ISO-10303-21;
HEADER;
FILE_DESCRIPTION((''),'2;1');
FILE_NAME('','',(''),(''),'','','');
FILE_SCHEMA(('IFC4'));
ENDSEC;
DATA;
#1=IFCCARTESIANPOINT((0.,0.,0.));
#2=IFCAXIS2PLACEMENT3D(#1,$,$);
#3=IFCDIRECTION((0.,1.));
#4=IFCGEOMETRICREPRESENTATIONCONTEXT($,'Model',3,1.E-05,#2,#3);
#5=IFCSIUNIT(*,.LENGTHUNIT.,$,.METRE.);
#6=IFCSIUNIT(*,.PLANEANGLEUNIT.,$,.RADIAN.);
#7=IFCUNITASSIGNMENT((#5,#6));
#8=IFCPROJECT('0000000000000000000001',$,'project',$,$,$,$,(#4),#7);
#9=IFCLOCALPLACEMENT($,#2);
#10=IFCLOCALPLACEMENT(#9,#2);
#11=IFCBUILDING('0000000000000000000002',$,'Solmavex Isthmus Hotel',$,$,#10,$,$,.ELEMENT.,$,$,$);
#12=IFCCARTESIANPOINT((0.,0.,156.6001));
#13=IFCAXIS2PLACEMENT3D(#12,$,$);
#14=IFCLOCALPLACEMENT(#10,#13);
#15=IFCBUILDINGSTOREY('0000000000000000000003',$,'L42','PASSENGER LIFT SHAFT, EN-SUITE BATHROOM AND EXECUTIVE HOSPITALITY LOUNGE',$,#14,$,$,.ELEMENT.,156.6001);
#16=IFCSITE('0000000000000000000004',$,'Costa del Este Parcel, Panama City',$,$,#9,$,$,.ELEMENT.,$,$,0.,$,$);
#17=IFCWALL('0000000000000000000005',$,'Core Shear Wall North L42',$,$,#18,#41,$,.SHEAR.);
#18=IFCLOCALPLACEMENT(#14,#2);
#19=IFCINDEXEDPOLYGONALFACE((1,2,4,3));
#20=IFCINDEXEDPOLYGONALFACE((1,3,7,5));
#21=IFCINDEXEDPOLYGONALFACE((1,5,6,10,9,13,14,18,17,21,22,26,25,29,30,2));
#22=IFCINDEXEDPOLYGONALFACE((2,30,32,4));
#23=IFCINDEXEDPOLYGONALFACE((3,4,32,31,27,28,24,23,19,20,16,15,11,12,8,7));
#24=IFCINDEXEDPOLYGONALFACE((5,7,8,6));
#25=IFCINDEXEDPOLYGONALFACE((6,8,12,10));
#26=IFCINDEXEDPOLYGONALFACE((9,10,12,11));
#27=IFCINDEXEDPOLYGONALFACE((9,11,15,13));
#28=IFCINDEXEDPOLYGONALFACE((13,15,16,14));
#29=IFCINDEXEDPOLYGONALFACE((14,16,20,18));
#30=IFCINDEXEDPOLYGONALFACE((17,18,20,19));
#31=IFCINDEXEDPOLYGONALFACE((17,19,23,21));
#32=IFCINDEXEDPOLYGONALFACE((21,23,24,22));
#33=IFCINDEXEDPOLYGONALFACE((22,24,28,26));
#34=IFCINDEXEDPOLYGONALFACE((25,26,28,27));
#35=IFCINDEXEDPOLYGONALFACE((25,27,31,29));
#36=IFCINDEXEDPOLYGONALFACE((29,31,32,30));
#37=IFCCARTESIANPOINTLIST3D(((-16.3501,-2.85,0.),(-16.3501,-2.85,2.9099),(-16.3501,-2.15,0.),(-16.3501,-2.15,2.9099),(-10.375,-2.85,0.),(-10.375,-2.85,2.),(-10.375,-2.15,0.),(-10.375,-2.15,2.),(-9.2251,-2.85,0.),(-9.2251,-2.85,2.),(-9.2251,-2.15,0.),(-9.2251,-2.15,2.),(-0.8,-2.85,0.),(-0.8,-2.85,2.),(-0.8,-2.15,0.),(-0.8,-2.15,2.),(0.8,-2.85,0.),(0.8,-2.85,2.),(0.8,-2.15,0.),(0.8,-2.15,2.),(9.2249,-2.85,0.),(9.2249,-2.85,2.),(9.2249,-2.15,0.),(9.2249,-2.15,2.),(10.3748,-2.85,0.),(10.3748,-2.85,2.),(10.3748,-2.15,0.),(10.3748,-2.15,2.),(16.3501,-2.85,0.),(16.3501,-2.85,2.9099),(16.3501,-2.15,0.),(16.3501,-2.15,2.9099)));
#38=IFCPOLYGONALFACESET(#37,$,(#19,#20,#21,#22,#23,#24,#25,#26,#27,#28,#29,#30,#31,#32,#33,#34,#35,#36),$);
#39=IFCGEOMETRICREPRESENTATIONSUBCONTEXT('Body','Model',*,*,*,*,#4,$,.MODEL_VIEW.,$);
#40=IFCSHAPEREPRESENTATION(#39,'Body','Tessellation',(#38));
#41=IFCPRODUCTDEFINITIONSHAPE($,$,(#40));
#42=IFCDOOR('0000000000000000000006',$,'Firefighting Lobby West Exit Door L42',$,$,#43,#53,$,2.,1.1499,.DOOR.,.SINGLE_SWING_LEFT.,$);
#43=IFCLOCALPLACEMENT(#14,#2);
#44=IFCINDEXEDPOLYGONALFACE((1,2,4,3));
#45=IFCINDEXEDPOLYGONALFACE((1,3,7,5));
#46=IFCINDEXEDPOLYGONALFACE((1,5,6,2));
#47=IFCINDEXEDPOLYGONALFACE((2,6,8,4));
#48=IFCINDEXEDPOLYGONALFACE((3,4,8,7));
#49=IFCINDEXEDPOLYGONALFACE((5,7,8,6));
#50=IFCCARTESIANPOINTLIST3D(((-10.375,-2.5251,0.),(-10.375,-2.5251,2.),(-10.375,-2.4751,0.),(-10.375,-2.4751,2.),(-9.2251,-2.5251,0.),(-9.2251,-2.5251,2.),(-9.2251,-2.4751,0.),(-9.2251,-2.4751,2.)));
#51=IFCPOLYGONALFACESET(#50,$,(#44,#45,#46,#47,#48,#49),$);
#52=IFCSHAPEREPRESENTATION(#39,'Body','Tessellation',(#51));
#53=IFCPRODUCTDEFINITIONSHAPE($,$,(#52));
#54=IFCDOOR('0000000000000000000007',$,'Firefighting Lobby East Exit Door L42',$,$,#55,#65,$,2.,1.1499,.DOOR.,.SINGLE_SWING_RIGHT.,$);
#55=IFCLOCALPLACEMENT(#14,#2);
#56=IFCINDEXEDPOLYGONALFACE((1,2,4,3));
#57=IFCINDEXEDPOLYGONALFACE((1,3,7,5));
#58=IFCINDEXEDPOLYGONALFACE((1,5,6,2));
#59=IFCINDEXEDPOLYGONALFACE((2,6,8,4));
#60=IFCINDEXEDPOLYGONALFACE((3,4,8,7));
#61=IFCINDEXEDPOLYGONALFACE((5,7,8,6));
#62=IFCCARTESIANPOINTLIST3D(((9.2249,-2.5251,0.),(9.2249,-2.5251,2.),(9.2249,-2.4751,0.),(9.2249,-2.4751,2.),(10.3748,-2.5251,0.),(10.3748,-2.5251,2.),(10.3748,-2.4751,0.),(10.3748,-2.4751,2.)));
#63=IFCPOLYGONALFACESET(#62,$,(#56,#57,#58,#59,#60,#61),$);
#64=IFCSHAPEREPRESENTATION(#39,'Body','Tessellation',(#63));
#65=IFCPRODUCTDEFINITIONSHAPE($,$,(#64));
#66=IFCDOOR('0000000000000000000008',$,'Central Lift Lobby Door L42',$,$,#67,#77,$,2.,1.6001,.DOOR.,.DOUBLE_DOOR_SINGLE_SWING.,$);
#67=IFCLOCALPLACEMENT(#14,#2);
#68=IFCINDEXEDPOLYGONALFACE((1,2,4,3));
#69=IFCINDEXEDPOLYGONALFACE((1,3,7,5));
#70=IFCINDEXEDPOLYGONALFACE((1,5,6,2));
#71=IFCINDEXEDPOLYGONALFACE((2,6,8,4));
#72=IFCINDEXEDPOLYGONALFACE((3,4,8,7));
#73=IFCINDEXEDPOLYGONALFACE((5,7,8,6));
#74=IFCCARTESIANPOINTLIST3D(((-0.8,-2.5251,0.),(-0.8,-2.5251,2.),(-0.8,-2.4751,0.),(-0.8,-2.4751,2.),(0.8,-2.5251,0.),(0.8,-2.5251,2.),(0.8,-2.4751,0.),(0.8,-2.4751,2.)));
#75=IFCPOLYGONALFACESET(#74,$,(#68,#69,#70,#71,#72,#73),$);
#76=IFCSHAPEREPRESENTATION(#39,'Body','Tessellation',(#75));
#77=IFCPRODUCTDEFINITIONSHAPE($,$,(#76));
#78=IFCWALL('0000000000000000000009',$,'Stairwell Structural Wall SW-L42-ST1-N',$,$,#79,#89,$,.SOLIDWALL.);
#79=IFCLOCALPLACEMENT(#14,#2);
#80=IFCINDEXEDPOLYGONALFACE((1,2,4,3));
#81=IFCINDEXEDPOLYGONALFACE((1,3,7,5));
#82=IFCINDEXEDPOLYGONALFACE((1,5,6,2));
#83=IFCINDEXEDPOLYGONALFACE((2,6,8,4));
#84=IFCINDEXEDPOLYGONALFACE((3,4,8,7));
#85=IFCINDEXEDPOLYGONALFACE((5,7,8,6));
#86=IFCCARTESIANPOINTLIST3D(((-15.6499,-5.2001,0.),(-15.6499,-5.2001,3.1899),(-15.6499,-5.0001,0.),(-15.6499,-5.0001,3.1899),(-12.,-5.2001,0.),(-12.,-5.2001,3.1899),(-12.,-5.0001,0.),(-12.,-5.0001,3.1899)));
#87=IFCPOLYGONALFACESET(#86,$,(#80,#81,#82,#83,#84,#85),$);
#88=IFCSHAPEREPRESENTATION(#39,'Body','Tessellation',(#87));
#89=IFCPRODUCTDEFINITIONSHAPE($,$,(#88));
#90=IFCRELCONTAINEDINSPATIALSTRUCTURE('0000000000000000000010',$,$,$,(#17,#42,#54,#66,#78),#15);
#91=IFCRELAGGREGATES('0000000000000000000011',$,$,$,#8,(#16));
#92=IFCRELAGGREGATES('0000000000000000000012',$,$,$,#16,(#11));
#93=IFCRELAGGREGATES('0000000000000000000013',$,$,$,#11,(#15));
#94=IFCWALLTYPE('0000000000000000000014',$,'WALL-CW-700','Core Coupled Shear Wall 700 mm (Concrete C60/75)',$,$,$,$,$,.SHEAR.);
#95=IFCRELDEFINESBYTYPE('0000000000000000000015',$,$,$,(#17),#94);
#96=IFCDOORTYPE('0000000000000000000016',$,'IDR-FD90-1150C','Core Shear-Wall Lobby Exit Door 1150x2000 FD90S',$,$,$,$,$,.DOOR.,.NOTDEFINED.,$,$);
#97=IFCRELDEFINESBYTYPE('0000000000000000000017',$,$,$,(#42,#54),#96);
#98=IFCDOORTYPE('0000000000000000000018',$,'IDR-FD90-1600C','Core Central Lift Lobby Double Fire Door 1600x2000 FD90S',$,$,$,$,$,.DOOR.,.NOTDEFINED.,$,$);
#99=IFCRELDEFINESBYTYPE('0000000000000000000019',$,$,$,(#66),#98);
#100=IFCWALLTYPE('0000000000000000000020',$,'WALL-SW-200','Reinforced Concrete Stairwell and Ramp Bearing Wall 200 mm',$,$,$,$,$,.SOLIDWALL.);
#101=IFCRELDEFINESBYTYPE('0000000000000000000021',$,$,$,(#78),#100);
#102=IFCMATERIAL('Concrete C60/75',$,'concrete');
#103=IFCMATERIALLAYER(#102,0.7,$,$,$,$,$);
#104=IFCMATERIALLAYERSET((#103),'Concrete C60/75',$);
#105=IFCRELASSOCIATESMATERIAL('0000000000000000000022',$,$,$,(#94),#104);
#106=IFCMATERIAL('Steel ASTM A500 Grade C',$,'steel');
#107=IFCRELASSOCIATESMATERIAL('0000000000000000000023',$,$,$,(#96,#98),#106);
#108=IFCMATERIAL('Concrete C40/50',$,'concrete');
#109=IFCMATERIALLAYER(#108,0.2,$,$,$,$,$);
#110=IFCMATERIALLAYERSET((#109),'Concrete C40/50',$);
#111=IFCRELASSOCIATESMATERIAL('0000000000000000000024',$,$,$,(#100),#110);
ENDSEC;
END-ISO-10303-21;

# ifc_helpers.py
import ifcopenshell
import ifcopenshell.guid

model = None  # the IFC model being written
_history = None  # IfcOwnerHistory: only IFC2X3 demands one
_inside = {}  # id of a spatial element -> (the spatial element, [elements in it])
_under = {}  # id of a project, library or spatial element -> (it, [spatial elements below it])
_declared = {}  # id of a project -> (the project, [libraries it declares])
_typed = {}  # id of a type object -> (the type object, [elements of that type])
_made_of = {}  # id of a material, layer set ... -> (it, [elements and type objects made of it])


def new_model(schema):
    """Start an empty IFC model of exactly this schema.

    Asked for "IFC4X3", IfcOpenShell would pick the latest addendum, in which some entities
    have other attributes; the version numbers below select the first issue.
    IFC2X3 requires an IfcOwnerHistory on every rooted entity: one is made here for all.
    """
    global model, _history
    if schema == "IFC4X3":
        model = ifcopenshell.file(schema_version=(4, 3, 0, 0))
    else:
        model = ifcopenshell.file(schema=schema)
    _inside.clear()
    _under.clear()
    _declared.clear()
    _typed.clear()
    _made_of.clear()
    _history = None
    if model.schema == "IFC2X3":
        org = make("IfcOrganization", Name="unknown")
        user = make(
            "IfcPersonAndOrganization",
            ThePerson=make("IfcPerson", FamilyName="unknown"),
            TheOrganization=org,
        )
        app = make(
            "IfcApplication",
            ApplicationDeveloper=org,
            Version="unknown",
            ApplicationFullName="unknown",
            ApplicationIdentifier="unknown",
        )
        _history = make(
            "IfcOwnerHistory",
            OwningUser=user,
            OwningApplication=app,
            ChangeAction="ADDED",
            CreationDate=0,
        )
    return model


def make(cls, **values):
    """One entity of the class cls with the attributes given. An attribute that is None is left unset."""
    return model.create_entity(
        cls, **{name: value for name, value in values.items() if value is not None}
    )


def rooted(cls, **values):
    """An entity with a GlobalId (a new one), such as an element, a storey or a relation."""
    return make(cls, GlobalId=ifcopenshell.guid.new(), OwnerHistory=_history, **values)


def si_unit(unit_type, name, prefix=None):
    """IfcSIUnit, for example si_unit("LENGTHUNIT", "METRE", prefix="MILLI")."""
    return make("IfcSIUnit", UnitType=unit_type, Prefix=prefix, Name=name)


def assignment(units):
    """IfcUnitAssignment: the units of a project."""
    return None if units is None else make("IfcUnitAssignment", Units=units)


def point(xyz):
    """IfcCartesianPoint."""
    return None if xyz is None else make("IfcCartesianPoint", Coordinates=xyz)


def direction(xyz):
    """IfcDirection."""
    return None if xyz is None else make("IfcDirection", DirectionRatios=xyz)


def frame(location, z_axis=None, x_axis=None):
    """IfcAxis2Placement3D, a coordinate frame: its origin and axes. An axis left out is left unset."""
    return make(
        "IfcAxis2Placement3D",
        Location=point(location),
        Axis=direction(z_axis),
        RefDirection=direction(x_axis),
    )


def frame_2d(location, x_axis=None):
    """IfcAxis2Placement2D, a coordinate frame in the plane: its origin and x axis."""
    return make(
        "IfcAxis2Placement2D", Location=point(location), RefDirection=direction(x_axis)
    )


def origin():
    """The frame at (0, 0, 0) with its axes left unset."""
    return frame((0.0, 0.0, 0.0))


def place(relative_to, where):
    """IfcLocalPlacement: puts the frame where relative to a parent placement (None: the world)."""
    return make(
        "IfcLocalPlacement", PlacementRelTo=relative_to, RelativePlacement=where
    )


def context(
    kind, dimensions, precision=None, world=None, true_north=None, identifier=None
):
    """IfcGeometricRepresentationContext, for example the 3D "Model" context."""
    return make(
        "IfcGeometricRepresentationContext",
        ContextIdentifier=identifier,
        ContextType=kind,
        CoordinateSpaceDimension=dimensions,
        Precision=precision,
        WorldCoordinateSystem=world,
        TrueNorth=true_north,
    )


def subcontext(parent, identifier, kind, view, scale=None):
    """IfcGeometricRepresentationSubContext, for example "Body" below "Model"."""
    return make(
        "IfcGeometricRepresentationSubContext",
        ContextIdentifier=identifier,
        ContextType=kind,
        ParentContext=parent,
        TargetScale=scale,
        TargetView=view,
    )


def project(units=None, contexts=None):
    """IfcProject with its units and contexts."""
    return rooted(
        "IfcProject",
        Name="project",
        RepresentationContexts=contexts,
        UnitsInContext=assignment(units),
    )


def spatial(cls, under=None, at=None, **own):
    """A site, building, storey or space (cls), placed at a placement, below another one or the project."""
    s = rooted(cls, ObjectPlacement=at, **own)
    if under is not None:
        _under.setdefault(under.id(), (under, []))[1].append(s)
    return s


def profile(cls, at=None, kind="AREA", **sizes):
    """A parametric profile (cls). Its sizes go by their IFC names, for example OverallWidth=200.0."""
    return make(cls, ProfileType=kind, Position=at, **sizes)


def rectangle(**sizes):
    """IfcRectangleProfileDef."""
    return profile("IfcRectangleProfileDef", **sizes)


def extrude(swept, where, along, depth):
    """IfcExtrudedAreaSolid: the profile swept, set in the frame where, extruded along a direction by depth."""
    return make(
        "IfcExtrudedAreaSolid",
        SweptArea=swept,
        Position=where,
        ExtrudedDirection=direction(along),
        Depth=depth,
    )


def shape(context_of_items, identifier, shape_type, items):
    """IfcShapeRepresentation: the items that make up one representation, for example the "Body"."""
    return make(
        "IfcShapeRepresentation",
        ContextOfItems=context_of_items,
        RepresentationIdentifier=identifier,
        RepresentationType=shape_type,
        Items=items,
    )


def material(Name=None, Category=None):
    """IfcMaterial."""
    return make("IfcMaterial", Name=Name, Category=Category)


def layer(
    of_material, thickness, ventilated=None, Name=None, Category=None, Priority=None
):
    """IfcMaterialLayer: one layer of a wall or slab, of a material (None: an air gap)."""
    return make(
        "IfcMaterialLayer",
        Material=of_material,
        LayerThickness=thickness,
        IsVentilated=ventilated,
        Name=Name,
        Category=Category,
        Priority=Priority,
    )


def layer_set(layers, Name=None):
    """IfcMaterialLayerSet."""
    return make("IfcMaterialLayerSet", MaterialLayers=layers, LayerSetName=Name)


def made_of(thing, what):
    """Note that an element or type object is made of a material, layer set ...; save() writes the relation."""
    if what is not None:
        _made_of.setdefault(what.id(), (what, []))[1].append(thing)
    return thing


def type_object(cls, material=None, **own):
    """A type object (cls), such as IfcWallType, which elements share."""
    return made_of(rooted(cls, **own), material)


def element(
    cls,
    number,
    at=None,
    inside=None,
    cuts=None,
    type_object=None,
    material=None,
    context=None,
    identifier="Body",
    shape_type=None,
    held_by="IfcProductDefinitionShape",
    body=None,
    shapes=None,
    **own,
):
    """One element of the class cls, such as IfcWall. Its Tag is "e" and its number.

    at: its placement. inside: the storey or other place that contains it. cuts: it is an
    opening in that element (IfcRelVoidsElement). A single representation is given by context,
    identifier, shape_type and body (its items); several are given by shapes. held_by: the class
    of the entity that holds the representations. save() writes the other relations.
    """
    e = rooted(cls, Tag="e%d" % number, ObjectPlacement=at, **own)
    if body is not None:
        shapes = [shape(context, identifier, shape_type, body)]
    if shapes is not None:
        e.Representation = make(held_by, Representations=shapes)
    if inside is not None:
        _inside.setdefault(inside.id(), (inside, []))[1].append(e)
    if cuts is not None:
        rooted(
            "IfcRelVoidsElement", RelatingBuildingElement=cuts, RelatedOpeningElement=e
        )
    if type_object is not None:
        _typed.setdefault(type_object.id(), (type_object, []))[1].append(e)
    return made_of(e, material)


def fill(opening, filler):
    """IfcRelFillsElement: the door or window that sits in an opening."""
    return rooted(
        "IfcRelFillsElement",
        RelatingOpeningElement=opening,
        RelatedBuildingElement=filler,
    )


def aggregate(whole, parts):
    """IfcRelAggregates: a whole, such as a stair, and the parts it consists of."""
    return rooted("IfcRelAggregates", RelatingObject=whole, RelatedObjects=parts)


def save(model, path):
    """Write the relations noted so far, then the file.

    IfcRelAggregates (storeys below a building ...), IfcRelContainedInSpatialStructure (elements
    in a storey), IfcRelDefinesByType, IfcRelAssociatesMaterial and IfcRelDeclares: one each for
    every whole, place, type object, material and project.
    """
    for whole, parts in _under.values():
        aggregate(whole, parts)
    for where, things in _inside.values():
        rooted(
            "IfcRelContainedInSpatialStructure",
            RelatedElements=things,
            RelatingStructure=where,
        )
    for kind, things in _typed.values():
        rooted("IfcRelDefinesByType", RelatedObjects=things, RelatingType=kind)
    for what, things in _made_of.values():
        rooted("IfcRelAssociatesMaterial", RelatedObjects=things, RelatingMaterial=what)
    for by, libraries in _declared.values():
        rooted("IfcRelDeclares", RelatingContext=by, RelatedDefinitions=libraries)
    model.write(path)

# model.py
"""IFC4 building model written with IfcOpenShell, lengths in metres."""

from ifc_helpers import new_model, si_unit, direction, frame, frame_2d, origin, place, context, subcontext, project, spatial, rectangle, extrude, material, layer, layer_set, type_object, element, fill, save


model = new_model("IFC4")

# Units and contexts
model_context = context("Model", 3, precision=1e-05, world=origin(), true_north=direction((0.0, 1.0)))
body_context = subcontext(model_context, "Body", "Model", "MODEL_VIEW")
ifc_project = project(units=[si_unit("LENGTHUNIT", "METRE"), si_unit("PLANEANGLEUNIT", "RADIAN")], contexts=[model_context])

# Site, building, storey
site_placement = place(None, origin())
site = spatial("IfcSite", under=ifc_project, at=site_placement, Name="Costa del Este Parcel, Panama City", CompositionType="ELEMENT", RefElevation=0.0)
building_placement = place(site_placement, origin())
building = spatial("IfcBuilding", under=site, at=building_placement, Name="Solmavex Isthmus Hotel", CompositionType="ELEMENT")
storey_placement = place(building_placement, frame((0.0, 0.0, 156.6001)))
storey = spatial("IfcBuildingStorey", under=building, at=storey_placement, Name="L42", Description="PASSENGER LIFT SHAFT, EN-SUITE BATHROOM AND EXECUTIVE HOSPITALITY LOUNGE", CompositionType="ELEMENT", Elevation=156.6001)

# Shared definitions
ifc_material_1 = material(Name="Concrete C60/75", Category="concrete")

# Wall, openings, doors
ifc_layer_1 = layer(ifc_material_1, 0.7)
ifc_layer_set_1 = layer_set([ifc_layer_1], Name="Concrete C60/75")
wall_type_1 = type_object("IfcWallType", Name="WALL-CW-700", Description="Core Coupled Shear Wall 700 mm (Concrete C60/75)", PredefinedType="SHEAR", material=ifc_layer_set_1)
wall_1_placement = place(storey_placement, frame((-16.3501, -2.5, 0.0), z_axis=(0.0, 0.0, 1.0), x_axis=(1.0, 0.0, 0.0)))
wall_1 = element("IfcWall", 1, at=wall_1_placement, inside=storey, type_object=wall_type_1, Name="Core Shear Wall North L42", PredefinedType="SHEAR", context=body_context, shape_type="SweptSolid", body=[
    extrude(rectangle(XDim=32.7002, YDim=0.7, at=frame_2d((16.3501, 0.0))), origin(), (0.0, 0.0, 1.0), 2.9099),
])
opening_1_placement = place(wall_1_placement, frame((5.9751, 0.0, 0.0)))
opening_1 = element("IfcOpeningElement", 2, at=opening_1_placement, cuts=wall_1, PredefinedType="OPENING", context=body_context, shape_type="SweptSolid", body=[
    extrude(rectangle(XDim=1.1499, YDim=2.0, at=frame_2d((0.575, 1.0))), frame((0.0, 0.3599, 0.0), z_axis=(0.0, -1.0, 0.0), x_axis=(1.0, 0.0, 0.0)), (0.0, 0.0, 1.0), 0.72),
])
opening_2_placement = place(wall_1_placement, frame((15.55, 0.0, 0.0)))
opening_2 = element("IfcOpeningElement", 3, at=opening_2_placement, cuts=wall_1, PredefinedType="OPENING", context=body_context, shape_type="SweptSolid", body=[
    extrude(rectangle(XDim=1.6001, YDim=2.0, at=frame_2d((0.8, 1.0))), frame((0.0, 0.3599, 0.0), z_axis=(0.0, -1.0, 0.0), x_axis=(1.0, 0.0, 0.0)), (0.0, 0.0, 1.0), 0.72),
])
opening_3_placement = place(wall_1_placement, frame((25.575, 0.0, 0.0)))
opening_3 = element("IfcOpeningElement", 4, at=opening_3_placement, cuts=wall_1, PredefinedType="OPENING", context=body_context, shape_type="SweptSolid", body=[
    extrude(rectangle(XDim=1.1499, YDim=2.0, at=frame_2d((0.575, 1.0))), frame((0.0, 0.3599, 0.0), z_axis=(0.0, -1.0, 0.0), x_axis=(1.0, 0.0, 0.0)), (0.0, 0.0, 1.0), 0.72),
])
ifc_material_2 = material(Name="Steel ASTM A500 Grade C", Category="steel")
door_type_1 = type_object("IfcDoorType", Name="IDR-FD90-1150C", Description="Core Shear-Wall Lobby Exit Door 1150x2000 FD90S", OperationType="NOTDEFINED", PredefinedType="DOOR", material=ifc_material_2)
door_1_placement = place(opening_1_placement, origin())
door_1 = element("IfcDoor", 5, at=door_1_placement, inside=storey, type_object=door_type_1, Name="Firefighting Lobby West Exit Door L42", OperationType="SINGLE_SWING_LEFT", OverallHeight=2.0, OverallWidth=1.1499, PredefinedType="DOOR", context=body_context, shape_type="SweptSolid", body=[
    extrude(rectangle(XDim=1.1499, YDim=2.0, at=frame_2d((0.575, 1.0))), frame((0.0, 0.0249, 0.0), z_axis=(0.0, -1.0, 0.0), x_axis=(1.0, 0.0, 0.0)), (0.0, 0.0, 1.0), 0.05),
])
fill(opening_1, door_1)
door_2_placement = place(opening_3_placement, origin())
door_2 = element("IfcDoor", 6, at=door_2_placement, inside=storey, type_object=door_type_1, Name="Firefighting Lobby East Exit Door L42", OperationType="SINGLE_SWING_RIGHT", OverallHeight=2.0, OverallWidth=1.1499, PredefinedType="DOOR", context=body_context, shape_type="SweptSolid", body=[
    extrude(rectangle(XDim=1.1499, YDim=2.0, at=frame_2d((0.575, 1.0))), frame((0.0, 0.0249, 0.0), z_axis=(0.0, -1.0, 0.0), x_axis=(1.0, 0.0, 0.0)), (0.0, 0.0, 1.0), 0.05),
])
fill(opening_3, door_2)
door_type_2 = type_object("IfcDoorType", Name="IDR-FD90-1600C", Description="Core Central Lift Lobby Double Fire Door 1600x2000 FD90S", OperationType="NOTDEFINED", PredefinedType="DOOR", material=ifc_material_2)
door_3_placement = place(opening_2_placement, origin())
door_3 = element("IfcDoor", 7, at=door_3_placement, inside=storey, type_object=door_type_2, Name="Central Lift Lobby Door L42", OperationType="DOUBLE_DOOR_SINGLE_SWING", OverallHeight=2.0, OverallWidth=1.6001, PredefinedType="DOOR", context=body_context, shape_type="SweptSolid", body=[
    extrude(rectangle(XDim=1.6001, YDim=2.0, at=frame_2d((0.8, 1.0))), frame((0.0, 0.0249, 0.0), z_axis=(0.0, -1.0, 0.0), x_axis=(1.0, 0.0, 0.0)), (0.0, 0.0, 1.0), 0.05),
])
fill(opening_2, door_3)

# Wall
ifc_material_3 = material(Name="Concrete C40/50", Category="concrete")
ifc_layer_2 = layer(ifc_material_3, 0.2)
ifc_layer_set_2 = layer_set([ifc_layer_2], Name="Concrete C40/50")
wall_type_2 = type_object("IfcWallType", Name="WALL-SW-200", Description="Reinforced Concrete Stairwell and Ramp Bearing Wall 200 mm", PredefinedType="SOLIDWALL", material=ifc_layer_set_2)
wall_2_placement = place(storey_placement, frame((-15.6499, -5.1001, 0.0), z_axis=(0.0, 0.0, 1.0), x_axis=(1.0, 0.0, 0.0)))
element("IfcWall", 8, at=wall_2_placement, inside=storey, type_object=wall_type_2, Name="Stairwell Structural Wall SW-L42-ST1-N", PredefinedType="SOLIDWALL", context=body_context, shape_type="SweptSolid", body=[
    extrude(rectangle(XDim=3.6499, YDim=0.2, at=frame_2d((1.825, 0.0))), origin(), (0.0, 0.0, 1.0), 3.1899),
])

save(model, "model.ifc")
